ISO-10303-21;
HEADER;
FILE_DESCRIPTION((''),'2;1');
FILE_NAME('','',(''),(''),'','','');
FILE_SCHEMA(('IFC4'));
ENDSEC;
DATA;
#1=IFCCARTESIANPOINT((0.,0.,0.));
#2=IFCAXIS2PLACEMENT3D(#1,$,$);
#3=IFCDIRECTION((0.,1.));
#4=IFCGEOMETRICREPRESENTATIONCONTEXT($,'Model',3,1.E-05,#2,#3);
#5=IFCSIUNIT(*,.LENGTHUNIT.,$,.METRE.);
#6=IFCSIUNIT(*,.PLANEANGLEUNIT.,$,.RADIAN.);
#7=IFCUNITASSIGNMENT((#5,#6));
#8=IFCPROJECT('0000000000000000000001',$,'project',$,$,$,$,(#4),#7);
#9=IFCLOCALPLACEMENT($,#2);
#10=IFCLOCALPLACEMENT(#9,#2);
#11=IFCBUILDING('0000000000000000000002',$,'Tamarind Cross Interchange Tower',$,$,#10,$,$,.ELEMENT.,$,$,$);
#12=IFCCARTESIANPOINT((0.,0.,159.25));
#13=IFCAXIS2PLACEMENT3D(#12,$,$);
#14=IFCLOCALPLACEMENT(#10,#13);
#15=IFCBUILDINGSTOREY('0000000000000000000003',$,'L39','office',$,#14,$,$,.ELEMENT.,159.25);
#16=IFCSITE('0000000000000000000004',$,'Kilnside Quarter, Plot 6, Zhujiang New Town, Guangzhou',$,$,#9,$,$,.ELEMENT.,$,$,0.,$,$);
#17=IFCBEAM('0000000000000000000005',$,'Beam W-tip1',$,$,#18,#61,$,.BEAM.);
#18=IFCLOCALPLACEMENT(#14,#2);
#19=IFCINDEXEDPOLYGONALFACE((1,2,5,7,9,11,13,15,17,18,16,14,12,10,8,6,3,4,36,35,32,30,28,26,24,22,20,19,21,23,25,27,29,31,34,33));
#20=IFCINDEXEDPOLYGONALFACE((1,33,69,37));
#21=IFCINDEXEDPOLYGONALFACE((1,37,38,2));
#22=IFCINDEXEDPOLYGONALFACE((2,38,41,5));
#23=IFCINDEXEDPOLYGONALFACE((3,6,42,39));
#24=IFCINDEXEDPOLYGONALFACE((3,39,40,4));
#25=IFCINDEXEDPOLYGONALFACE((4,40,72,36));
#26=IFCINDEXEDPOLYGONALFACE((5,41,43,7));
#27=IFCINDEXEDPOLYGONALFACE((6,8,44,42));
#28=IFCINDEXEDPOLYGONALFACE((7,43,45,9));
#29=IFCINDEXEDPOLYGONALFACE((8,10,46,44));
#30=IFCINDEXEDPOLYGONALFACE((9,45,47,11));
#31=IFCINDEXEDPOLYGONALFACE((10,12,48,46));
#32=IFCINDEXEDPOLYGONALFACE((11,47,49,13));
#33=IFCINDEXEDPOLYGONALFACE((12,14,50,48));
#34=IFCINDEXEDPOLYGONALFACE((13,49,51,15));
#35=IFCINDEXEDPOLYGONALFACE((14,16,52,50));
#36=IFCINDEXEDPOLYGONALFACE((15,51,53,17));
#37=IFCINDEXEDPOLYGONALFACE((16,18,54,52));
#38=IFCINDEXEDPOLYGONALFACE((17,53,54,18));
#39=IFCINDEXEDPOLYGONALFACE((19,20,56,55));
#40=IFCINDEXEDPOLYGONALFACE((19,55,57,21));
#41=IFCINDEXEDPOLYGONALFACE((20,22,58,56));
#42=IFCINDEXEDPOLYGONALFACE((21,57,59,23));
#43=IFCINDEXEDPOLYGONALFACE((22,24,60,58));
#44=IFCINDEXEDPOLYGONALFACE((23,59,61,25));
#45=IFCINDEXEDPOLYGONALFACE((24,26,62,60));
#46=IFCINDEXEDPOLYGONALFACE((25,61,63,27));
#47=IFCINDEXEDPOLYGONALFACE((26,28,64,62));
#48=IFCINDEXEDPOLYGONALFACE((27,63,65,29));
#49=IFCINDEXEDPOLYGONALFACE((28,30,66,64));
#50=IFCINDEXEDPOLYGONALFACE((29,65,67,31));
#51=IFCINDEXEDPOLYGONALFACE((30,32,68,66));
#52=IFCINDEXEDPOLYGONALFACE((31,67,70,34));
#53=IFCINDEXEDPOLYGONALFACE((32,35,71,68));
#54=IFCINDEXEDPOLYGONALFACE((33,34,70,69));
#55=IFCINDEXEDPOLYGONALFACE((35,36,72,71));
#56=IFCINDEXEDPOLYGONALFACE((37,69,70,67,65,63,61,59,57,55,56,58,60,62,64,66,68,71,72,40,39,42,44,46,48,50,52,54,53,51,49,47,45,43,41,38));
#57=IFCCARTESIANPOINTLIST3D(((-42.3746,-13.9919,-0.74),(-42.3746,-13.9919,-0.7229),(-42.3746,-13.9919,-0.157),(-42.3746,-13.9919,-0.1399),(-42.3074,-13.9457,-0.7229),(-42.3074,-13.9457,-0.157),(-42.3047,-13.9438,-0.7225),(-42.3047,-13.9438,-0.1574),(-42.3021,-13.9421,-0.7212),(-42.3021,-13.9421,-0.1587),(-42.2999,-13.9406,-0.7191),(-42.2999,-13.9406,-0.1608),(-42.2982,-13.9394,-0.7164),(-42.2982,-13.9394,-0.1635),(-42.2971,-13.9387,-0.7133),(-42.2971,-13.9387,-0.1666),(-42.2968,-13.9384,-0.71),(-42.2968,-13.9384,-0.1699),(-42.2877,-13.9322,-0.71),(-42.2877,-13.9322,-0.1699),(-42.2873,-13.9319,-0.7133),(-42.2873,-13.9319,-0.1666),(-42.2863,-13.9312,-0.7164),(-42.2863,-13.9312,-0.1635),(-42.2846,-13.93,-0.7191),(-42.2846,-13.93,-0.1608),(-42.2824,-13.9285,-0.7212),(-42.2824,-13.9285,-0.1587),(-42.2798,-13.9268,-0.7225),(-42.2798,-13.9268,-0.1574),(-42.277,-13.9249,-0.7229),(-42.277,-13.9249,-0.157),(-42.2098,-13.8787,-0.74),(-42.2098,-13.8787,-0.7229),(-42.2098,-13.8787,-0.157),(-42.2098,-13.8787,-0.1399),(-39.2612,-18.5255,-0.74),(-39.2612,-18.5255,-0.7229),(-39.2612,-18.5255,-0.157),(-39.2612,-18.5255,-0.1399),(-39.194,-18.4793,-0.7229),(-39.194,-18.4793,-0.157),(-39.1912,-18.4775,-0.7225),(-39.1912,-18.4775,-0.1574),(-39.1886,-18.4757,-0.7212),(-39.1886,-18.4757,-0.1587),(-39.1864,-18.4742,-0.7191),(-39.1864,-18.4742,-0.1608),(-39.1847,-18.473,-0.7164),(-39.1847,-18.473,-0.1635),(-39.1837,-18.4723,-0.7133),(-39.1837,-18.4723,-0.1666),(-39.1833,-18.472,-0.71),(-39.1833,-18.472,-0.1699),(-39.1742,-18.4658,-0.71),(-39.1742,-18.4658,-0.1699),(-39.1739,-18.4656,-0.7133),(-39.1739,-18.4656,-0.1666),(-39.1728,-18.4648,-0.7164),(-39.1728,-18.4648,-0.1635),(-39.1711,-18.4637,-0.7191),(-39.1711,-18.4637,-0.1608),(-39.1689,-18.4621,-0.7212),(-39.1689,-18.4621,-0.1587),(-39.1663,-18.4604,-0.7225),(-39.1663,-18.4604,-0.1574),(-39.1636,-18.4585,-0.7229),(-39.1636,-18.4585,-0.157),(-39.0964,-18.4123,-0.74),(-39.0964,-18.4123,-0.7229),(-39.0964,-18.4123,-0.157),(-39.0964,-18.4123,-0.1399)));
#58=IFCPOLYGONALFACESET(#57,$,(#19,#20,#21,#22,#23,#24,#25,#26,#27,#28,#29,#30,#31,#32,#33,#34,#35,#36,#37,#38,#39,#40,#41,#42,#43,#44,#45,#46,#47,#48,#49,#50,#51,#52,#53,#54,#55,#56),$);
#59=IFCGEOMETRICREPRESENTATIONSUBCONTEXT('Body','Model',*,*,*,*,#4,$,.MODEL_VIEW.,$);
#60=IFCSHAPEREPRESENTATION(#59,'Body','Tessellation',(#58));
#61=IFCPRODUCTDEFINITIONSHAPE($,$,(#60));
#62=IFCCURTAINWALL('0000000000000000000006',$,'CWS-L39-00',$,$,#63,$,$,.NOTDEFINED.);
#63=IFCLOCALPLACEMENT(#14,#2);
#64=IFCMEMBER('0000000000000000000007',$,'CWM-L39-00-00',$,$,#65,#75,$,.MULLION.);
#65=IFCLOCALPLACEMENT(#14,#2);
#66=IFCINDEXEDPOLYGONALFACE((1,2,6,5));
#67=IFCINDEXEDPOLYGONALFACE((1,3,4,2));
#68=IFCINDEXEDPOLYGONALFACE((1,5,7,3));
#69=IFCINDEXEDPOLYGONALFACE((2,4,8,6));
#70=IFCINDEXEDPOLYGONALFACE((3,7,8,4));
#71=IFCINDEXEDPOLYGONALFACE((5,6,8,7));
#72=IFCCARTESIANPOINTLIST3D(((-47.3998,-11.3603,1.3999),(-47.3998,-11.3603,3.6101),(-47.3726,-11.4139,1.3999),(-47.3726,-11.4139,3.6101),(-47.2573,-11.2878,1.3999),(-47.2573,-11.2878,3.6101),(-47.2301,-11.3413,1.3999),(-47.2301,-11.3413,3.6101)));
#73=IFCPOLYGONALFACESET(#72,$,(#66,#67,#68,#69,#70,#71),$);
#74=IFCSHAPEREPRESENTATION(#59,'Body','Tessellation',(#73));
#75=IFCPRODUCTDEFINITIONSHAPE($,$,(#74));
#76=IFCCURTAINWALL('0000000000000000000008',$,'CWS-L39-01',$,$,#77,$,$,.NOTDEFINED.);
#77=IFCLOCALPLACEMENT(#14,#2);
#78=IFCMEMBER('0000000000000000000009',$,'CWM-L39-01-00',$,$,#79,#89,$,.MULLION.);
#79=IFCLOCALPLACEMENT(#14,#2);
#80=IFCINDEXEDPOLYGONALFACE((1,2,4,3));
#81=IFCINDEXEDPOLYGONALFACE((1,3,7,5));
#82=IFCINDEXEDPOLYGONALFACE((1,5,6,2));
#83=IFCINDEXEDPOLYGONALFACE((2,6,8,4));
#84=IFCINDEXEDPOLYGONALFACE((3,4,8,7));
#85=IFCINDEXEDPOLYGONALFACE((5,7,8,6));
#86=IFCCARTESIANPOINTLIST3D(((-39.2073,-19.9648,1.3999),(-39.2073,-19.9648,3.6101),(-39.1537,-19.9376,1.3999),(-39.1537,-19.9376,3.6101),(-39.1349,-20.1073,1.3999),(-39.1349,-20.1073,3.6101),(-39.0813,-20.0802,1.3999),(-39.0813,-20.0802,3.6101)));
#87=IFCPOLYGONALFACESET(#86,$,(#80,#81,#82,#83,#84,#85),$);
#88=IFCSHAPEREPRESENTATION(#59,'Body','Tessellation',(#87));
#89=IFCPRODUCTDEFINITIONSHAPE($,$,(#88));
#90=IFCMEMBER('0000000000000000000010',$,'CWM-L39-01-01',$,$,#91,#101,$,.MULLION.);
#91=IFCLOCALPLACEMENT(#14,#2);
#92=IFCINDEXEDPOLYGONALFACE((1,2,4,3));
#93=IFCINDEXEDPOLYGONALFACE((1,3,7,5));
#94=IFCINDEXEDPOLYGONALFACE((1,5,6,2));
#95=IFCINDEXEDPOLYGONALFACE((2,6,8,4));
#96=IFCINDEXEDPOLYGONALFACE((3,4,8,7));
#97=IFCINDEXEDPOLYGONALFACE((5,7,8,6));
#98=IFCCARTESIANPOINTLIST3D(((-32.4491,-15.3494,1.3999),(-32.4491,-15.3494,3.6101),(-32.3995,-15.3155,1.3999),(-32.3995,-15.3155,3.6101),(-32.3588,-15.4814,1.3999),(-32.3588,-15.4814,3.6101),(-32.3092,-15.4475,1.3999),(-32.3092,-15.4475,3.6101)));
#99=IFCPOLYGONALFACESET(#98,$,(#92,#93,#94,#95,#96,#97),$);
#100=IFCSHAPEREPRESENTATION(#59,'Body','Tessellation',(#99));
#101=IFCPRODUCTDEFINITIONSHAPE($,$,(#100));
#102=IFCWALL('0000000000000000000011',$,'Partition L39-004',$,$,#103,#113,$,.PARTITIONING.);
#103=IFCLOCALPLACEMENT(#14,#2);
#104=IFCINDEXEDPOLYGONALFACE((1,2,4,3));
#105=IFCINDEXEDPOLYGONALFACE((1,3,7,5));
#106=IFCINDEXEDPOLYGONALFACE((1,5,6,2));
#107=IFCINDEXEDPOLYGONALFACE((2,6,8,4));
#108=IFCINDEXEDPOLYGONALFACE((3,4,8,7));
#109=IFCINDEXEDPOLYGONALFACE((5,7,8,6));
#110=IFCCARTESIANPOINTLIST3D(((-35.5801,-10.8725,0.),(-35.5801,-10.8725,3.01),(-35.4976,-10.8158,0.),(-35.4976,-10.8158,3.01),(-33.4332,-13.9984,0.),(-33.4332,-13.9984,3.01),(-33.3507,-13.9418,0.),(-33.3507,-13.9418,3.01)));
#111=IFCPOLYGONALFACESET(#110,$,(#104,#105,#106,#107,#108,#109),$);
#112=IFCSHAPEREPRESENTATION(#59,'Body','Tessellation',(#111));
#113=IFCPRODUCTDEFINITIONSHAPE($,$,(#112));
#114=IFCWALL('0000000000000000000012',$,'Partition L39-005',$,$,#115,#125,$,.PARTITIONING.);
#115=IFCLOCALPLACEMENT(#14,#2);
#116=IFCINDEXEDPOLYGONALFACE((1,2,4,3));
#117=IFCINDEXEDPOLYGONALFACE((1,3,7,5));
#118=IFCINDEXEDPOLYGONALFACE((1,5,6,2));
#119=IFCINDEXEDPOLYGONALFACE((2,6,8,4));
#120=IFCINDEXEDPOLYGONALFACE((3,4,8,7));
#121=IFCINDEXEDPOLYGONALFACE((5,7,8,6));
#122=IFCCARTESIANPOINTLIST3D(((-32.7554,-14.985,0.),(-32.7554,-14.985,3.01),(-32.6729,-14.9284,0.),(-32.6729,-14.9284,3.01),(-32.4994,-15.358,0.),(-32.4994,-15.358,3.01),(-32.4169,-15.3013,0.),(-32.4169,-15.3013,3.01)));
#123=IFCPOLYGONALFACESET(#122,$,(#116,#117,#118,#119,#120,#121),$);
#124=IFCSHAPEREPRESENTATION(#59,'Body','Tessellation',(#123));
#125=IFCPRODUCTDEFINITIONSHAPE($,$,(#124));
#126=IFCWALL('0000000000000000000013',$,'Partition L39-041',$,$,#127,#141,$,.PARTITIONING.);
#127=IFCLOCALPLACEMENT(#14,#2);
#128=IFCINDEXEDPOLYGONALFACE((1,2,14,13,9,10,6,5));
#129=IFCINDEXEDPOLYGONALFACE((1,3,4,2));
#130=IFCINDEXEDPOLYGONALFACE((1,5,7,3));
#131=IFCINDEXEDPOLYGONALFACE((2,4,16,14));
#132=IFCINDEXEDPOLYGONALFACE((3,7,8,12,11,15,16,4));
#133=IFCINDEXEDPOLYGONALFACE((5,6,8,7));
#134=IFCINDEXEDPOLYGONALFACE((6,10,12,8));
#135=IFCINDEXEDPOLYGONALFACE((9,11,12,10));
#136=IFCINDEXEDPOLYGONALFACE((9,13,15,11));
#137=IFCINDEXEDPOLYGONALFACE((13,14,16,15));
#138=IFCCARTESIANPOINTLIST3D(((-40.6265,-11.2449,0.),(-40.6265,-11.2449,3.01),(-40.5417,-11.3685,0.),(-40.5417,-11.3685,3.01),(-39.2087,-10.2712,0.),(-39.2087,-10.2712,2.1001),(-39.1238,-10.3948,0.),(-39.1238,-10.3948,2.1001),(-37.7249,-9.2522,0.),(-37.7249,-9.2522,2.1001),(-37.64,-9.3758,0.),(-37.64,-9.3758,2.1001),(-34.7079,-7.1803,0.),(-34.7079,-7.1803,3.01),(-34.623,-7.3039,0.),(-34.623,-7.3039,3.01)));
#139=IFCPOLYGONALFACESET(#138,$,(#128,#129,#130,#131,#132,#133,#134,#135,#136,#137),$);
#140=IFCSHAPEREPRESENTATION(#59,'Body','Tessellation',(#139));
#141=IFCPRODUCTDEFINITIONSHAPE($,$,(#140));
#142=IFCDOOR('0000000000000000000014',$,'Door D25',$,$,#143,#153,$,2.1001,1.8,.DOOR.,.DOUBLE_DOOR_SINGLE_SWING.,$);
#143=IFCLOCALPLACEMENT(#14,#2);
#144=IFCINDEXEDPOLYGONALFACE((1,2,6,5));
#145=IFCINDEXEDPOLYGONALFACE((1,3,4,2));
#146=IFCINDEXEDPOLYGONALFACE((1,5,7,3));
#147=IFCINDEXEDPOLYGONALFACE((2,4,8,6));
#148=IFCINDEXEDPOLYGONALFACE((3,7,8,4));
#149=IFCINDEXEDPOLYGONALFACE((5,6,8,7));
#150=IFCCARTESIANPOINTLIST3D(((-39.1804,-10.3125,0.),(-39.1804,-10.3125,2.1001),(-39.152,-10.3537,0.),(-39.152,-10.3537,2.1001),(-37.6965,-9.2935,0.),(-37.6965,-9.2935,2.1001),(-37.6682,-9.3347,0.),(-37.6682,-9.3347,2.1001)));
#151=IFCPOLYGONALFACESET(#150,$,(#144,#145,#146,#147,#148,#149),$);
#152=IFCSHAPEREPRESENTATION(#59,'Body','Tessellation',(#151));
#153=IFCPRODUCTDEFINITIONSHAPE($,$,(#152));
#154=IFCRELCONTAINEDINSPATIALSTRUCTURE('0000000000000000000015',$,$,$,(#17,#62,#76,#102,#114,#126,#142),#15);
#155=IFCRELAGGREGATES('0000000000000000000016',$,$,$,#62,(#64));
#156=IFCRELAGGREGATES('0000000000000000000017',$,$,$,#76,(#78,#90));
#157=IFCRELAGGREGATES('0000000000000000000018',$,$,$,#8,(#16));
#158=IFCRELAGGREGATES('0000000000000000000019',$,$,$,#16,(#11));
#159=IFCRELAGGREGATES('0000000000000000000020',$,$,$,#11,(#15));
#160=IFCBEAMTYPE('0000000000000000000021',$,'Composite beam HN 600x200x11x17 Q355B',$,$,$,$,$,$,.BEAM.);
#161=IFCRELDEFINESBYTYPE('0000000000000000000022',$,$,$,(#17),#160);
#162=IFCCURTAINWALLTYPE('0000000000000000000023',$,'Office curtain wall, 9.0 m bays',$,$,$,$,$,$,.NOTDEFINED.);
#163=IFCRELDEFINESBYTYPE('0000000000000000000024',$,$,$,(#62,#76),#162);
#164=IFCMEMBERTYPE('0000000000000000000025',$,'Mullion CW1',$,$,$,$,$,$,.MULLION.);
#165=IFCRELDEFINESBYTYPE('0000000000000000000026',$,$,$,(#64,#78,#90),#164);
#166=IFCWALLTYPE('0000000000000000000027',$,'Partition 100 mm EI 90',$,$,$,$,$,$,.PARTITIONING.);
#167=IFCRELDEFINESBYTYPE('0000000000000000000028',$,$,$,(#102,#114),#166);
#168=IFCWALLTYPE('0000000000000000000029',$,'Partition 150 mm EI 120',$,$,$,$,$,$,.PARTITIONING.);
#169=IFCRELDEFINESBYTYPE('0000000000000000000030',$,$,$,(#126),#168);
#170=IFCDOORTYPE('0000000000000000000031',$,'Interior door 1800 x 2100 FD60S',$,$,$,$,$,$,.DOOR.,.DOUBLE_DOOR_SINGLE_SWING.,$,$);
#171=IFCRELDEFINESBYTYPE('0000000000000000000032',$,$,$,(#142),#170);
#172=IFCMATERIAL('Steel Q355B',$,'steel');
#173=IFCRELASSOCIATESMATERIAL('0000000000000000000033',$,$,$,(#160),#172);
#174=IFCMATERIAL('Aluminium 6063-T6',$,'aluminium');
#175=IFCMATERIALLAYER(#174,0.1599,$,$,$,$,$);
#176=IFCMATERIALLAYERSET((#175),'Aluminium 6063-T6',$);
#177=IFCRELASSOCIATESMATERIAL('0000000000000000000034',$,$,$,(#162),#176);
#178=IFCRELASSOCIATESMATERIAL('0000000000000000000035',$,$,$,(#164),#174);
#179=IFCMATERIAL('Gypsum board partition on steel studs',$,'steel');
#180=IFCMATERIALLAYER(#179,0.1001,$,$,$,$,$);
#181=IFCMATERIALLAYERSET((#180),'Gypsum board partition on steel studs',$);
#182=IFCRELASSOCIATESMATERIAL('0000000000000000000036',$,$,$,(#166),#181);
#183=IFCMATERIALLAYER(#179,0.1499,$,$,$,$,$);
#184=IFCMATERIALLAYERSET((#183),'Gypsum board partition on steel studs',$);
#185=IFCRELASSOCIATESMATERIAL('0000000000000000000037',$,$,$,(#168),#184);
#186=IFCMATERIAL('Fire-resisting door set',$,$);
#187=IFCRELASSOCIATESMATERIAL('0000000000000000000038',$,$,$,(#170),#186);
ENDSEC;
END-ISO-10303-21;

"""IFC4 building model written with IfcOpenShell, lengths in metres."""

from ifc_helpers import new_model, si_unit, direction, frame, frame_2d, origin, origin_2d, place, context, subcontext, project, spatial, rectangle, i_section, extrude, material, layer, layer_set, material_profile, profile_set, type_object, element, fill, aggregate, save


model = new_model("IFC4")

# Units and contexts
model_context = context("Model", 3, precision=1e-05, world=origin(), true_north=direction((0.0, 1.0)))
body_context = subcontext(model_context, "Body", "Model", "MODEL_VIEW")
ifc_project = project(units=[si_unit("LENGTHUNIT", "METRE"), si_unit("PLANEANGLEUNIT", "RADIAN")], contexts=[model_context])

# Site, building, storey
site_placement = place(None, origin())
site = spatial("IfcSite", under=ifc_project, at=site_placement, Name="Kilnside Quarter, Plot 6, Zhujiang New Town, Guangzhou", CompositionType="ELEMENT", RefElevation=0.0)
building_placement = place(site_placement, origin())
building = spatial("IfcBuilding", under=site, at=building_placement, Name="Tamarind Cross Interchange Tower", CompositionType="ELEMENT")
storey_placement = place(building_placement, frame((0.0, 0.0, 159.25)))
storey = spatial("IfcBuildingStorey", under=building, at=storey_placement, Name="L39", Description="office", CompositionType="ELEMENT", Elevation=159.25)

# Beam
ifc_material_1 = material(Name="Steel Q355B", Category="steel")
ifc_material_profile_1 = material_profile(ifc_material_1, i_section(OverallWidth=0.2, OverallDepth=0.6001, WebThickness=0.011, FlangeThickness=0.0171, FilletRadius=0.0129, at=origin_2d()), Name="HN 600x200x11x17")
ifc_profile_set_1 = profile_set([ifc_material_profile_1], Name="Steel Q355B")
beam_type_1 = type_object("IfcBeamType", Name="Composite beam HN 600x200x11x17 Q355B", PredefinedType="BEAM", material=ifc_profile_set_1)
beam_1_placement = place(storey_placement, frame((-42.2922, -13.9353, -0.4399), z_axis=(0.566111, -0.824329, 0.0), x_axis=(0.824329, 0.566111, 0.0)))
element("IfcBeam", 1, at=beam_1_placement, inside=storey, type_object=beam_type_1, Name="Beam W-tip1", PredefinedType="BEAM", context=body_context, shape_type="SweptSolid", body=[
    extrude(i_section(OverallWidth=0.2, OverallDepth=0.6001, WebThickness=0.011, FlangeThickness=0.0171, FilletRadius=0.0129, at=origin_2d()), origin(), (0.0, 0.0, 1.0), 5.4998),
])

# Curtain wall, member
ifc_material_2 = material(Name="Aluminium 6063-T6", Category="aluminium")
ifc_layer_1 = layer(ifc_material_2, 0.1599)
ifc_layer_set_1 = layer_set([ifc_layer_1], Name="Aluminium 6063-T6")
curtain_wall_type = type_object("IfcCurtainWallType", Name="Office curtain wall, 9.0 m bays", PredefinedType="NOTDEFINED", material=ifc_layer_set_1)
curtain_wall_1_placement = place(storey_placement, origin())
curtain_wall_1 = element("IfcCurtainWall", 2, at=curtain_wall_1_placement, inside=storey, type_object=curtain_wall_type, Name="CWS-L39-00", PredefinedType="NOTDEFINED")
ifc_material_profile_2 = material_profile(ifc_material_2, rectangle(XDim=0.0601, YDim=0.1599, at=origin_2d()), Name="Mullion CW1")
ifc_profile_set_2 = profile_set([ifc_material_profile_2], Name="Aluminium 6063-T6")
member_type = type_object("IfcMemberType", Name="Mullion CW1", PredefinedType="MULLION", material=ifc_profile_set_2)
member_1_placement = place(storey_placement, frame((-47.3149, -11.3508, 1.3999), z_axis=(0.0, 0.0, 1.0), x_axis=(0.453655, -0.891178, 0.0)))
member_1 = element("IfcMember", 3, at=member_1_placement, type_object=member_type, Name="CWM-L39-00-00", PredefinedType="MULLION", context=body_context, shape_type="SweptSolid", body=[
    extrude(rectangle(XDim=0.0601, YDim=0.1599, at=origin_2d()), origin(), (0.0, 0.0, 1.0), 2.2102),
])
aggregate(curtain_wall_1, [member_1])

# Curtain wall, members
curtain_wall_2_placement = place(storey_placement, origin())
curtain_wall_2 = element("IfcCurtainWall", 4, at=curtain_wall_2_placement, inside=storey, type_object=curtain_wall_type, Name="CWS-L39-01", PredefinedType="NOTDEFINED")
member_2_placement = place(storey_placement, frame((-39.1443, -20.0225, 1.3999), z_axis=(0.0, 0.0, 1.0), x_axis=(0.891671, 0.452685, 0.0)))
member_2 = element("IfcMember", 5, at=member_2_placement, type_object=member_type, Name="CWM-L39-01-00", PredefinedType="MULLION", context=body_context, shape_type="SweptSolid", body=[
    extrude(rectangle(XDim=0.0601, YDim=0.1599, at=origin_2d()), origin(), (0.0, 0.0, 1.0), 2.2102),
])
member_3_placement = place(storey_placement, frame((-32.3792, -15.3984, 1.3999), z_axis=(0.0, 0.0, 1.0), x_axis=(0.825569, 0.564301, 0.0)))
member_3 = element("IfcMember", 6, at=member_3_placement, type_object=member_type, Name="CWM-L39-01-01", PredefinedType="MULLION", context=body_context, shape_type="SweptSolid", body=[
    extrude(rectangle(XDim=0.0601, YDim=0.1599, at=origin_2d()), origin(), (0.0, 0.0, 1.0), 2.2102),
])
aggregate(curtain_wall_2, [member_2, member_3])

# Walls
ifc_material_3 = material(Name="Gypsum board partition on steel studs", Category="steel")
ifc_layer_2 = layer(ifc_material_3, 0.1001)
ifc_layer_set_2 = layer_set([ifc_layer_2], Name="Gypsum board partition on steel studs")
wall_type_1 = type_object("IfcWallType", Name="Partition 100 mm EI 90", PredefinedType="PARTITIONING", material=ifc_layer_set_2)
wall_1_placement = place(storey_placement, frame((-35.5388, -10.8442, 0.0), z_axis=(0.0, 0.0, 1.0), x_axis=(0.566146, -0.824305, 0.0)))
element("IfcWall", 7, at=wall_1_placement, inside=storey, type_object=wall_type_1, Name="Partition L39-004", PredefinedType="PARTITIONING", context=body_context, shape_type="SweptSolid", body=[
    extrude(rectangle(XDim=3.7922, YDim=0.1001, at=frame_2d((1.896, 0.0))), origin(), (0.0, 0.0, 1.0), 3.01),
])
wall_2_placement = place(storey_placement, frame((-32.7141, -14.9568, 0.0), z_axis=(0.0, 0.0, 1.0), x_axis=(0.565979, -0.82442, 0.0)))
element("IfcWall", 8, at=wall_2_placement, inside=storey, type_object=wall_type_1, Name="Partition L39-005", PredefinedType="PARTITIONING", context=body_context, shape_type="SweptSolid", body=[
    extrude(rectangle(XDim=0.4524, YDim=0.1001, at=frame_2d((0.2261, 0.0))), origin(), (0.0, 0.0, 1.0), 3.01),
])

# Wall, opening, door
ifc_layer_3 = layer(ifc_material_3, 0.1499)
ifc_layer_set_3 = layer_set([ifc_layer_3], Name="Gypsum board partition on steel studs")
wall_type_2 = type_object("IfcWallType", Name="Partition 150 mm EI 120", PredefinedType="PARTITIONING", material=ifc_layer_set_3)
wall_3_placement = place(storey_placement, frame((-40.584, -11.3066, 0.0), z_axis=(0.0, 0.0, 1.0), x_axis=(0.824329, 0.566112, 0.0)))
wall_3 = element("IfcWall", 9, at=wall_3_placement, inside=storey, type_object=wall_type_2, Name="Partition L39-041", PredefinedType="PARTITIONING", context=body_context, shape_type="SweptSolid", body=[
    extrude(rectangle(XDim=7.1799, YDim=0.1499, at=frame_2d((3.5898, 0.0))), origin(), (0.0, 0.0, 1.0), 3.01),
])
opening_1_placement = place(wall_3_placement, frame((1.72, 0.0, 0.0)))
opening_1 = element("IfcOpeningElement", 10, at=opening_1_placement, cuts=wall_3, PredefinedType="OPENING", context=body_context, shape_type="SweptSolid", body=[
    extrude(rectangle(XDim=1.8, YDim=2.1001, at=frame_2d((0.8999, 1.05))), frame((0.0, 0.085, 0.0), z_axis=(0.0, -1.0, 0.0), x_axis=(1.0, 0.0, 0.0)), (0.0, 0.0, 1.0), 0.1699),
])
ifc_material_4 = material(Name="Fire-resisting door set")
door_type_1 = type_object("IfcDoorType", Name="Interior door 1800 x 2100 FD60S", OperationType="DOUBLE_DOOR_SINGLE_SWING", PredefinedType="DOOR", material=ifc_material_4)
door_1_placement = place(opening_1_placement, origin())
door_1 = element("IfcDoor", 11, at=door_1_placement, inside=storey, type_object=door_type_1, Name="Door D25", OperationType="DOUBLE_DOOR_SINGLE_SWING", OverallHeight=2.1001, OverallWidth=1.8, PredefinedType="DOOR", context=body_context, shape_type="SweptSolid", body=[
    extrude(rectangle(XDim=1.8, YDim=2.1001, at=frame_2d((0.8999, 1.05))), frame((0.0, 0.0249, 0.0), z_axis=(0.0, -1.0, 0.0), x_axis=(1.0, 0.0, 0.0)), (0.0, 0.0, 1.0), 0.05),
])
fill(opening_1, door_1)

save(model, "model.ifc")
